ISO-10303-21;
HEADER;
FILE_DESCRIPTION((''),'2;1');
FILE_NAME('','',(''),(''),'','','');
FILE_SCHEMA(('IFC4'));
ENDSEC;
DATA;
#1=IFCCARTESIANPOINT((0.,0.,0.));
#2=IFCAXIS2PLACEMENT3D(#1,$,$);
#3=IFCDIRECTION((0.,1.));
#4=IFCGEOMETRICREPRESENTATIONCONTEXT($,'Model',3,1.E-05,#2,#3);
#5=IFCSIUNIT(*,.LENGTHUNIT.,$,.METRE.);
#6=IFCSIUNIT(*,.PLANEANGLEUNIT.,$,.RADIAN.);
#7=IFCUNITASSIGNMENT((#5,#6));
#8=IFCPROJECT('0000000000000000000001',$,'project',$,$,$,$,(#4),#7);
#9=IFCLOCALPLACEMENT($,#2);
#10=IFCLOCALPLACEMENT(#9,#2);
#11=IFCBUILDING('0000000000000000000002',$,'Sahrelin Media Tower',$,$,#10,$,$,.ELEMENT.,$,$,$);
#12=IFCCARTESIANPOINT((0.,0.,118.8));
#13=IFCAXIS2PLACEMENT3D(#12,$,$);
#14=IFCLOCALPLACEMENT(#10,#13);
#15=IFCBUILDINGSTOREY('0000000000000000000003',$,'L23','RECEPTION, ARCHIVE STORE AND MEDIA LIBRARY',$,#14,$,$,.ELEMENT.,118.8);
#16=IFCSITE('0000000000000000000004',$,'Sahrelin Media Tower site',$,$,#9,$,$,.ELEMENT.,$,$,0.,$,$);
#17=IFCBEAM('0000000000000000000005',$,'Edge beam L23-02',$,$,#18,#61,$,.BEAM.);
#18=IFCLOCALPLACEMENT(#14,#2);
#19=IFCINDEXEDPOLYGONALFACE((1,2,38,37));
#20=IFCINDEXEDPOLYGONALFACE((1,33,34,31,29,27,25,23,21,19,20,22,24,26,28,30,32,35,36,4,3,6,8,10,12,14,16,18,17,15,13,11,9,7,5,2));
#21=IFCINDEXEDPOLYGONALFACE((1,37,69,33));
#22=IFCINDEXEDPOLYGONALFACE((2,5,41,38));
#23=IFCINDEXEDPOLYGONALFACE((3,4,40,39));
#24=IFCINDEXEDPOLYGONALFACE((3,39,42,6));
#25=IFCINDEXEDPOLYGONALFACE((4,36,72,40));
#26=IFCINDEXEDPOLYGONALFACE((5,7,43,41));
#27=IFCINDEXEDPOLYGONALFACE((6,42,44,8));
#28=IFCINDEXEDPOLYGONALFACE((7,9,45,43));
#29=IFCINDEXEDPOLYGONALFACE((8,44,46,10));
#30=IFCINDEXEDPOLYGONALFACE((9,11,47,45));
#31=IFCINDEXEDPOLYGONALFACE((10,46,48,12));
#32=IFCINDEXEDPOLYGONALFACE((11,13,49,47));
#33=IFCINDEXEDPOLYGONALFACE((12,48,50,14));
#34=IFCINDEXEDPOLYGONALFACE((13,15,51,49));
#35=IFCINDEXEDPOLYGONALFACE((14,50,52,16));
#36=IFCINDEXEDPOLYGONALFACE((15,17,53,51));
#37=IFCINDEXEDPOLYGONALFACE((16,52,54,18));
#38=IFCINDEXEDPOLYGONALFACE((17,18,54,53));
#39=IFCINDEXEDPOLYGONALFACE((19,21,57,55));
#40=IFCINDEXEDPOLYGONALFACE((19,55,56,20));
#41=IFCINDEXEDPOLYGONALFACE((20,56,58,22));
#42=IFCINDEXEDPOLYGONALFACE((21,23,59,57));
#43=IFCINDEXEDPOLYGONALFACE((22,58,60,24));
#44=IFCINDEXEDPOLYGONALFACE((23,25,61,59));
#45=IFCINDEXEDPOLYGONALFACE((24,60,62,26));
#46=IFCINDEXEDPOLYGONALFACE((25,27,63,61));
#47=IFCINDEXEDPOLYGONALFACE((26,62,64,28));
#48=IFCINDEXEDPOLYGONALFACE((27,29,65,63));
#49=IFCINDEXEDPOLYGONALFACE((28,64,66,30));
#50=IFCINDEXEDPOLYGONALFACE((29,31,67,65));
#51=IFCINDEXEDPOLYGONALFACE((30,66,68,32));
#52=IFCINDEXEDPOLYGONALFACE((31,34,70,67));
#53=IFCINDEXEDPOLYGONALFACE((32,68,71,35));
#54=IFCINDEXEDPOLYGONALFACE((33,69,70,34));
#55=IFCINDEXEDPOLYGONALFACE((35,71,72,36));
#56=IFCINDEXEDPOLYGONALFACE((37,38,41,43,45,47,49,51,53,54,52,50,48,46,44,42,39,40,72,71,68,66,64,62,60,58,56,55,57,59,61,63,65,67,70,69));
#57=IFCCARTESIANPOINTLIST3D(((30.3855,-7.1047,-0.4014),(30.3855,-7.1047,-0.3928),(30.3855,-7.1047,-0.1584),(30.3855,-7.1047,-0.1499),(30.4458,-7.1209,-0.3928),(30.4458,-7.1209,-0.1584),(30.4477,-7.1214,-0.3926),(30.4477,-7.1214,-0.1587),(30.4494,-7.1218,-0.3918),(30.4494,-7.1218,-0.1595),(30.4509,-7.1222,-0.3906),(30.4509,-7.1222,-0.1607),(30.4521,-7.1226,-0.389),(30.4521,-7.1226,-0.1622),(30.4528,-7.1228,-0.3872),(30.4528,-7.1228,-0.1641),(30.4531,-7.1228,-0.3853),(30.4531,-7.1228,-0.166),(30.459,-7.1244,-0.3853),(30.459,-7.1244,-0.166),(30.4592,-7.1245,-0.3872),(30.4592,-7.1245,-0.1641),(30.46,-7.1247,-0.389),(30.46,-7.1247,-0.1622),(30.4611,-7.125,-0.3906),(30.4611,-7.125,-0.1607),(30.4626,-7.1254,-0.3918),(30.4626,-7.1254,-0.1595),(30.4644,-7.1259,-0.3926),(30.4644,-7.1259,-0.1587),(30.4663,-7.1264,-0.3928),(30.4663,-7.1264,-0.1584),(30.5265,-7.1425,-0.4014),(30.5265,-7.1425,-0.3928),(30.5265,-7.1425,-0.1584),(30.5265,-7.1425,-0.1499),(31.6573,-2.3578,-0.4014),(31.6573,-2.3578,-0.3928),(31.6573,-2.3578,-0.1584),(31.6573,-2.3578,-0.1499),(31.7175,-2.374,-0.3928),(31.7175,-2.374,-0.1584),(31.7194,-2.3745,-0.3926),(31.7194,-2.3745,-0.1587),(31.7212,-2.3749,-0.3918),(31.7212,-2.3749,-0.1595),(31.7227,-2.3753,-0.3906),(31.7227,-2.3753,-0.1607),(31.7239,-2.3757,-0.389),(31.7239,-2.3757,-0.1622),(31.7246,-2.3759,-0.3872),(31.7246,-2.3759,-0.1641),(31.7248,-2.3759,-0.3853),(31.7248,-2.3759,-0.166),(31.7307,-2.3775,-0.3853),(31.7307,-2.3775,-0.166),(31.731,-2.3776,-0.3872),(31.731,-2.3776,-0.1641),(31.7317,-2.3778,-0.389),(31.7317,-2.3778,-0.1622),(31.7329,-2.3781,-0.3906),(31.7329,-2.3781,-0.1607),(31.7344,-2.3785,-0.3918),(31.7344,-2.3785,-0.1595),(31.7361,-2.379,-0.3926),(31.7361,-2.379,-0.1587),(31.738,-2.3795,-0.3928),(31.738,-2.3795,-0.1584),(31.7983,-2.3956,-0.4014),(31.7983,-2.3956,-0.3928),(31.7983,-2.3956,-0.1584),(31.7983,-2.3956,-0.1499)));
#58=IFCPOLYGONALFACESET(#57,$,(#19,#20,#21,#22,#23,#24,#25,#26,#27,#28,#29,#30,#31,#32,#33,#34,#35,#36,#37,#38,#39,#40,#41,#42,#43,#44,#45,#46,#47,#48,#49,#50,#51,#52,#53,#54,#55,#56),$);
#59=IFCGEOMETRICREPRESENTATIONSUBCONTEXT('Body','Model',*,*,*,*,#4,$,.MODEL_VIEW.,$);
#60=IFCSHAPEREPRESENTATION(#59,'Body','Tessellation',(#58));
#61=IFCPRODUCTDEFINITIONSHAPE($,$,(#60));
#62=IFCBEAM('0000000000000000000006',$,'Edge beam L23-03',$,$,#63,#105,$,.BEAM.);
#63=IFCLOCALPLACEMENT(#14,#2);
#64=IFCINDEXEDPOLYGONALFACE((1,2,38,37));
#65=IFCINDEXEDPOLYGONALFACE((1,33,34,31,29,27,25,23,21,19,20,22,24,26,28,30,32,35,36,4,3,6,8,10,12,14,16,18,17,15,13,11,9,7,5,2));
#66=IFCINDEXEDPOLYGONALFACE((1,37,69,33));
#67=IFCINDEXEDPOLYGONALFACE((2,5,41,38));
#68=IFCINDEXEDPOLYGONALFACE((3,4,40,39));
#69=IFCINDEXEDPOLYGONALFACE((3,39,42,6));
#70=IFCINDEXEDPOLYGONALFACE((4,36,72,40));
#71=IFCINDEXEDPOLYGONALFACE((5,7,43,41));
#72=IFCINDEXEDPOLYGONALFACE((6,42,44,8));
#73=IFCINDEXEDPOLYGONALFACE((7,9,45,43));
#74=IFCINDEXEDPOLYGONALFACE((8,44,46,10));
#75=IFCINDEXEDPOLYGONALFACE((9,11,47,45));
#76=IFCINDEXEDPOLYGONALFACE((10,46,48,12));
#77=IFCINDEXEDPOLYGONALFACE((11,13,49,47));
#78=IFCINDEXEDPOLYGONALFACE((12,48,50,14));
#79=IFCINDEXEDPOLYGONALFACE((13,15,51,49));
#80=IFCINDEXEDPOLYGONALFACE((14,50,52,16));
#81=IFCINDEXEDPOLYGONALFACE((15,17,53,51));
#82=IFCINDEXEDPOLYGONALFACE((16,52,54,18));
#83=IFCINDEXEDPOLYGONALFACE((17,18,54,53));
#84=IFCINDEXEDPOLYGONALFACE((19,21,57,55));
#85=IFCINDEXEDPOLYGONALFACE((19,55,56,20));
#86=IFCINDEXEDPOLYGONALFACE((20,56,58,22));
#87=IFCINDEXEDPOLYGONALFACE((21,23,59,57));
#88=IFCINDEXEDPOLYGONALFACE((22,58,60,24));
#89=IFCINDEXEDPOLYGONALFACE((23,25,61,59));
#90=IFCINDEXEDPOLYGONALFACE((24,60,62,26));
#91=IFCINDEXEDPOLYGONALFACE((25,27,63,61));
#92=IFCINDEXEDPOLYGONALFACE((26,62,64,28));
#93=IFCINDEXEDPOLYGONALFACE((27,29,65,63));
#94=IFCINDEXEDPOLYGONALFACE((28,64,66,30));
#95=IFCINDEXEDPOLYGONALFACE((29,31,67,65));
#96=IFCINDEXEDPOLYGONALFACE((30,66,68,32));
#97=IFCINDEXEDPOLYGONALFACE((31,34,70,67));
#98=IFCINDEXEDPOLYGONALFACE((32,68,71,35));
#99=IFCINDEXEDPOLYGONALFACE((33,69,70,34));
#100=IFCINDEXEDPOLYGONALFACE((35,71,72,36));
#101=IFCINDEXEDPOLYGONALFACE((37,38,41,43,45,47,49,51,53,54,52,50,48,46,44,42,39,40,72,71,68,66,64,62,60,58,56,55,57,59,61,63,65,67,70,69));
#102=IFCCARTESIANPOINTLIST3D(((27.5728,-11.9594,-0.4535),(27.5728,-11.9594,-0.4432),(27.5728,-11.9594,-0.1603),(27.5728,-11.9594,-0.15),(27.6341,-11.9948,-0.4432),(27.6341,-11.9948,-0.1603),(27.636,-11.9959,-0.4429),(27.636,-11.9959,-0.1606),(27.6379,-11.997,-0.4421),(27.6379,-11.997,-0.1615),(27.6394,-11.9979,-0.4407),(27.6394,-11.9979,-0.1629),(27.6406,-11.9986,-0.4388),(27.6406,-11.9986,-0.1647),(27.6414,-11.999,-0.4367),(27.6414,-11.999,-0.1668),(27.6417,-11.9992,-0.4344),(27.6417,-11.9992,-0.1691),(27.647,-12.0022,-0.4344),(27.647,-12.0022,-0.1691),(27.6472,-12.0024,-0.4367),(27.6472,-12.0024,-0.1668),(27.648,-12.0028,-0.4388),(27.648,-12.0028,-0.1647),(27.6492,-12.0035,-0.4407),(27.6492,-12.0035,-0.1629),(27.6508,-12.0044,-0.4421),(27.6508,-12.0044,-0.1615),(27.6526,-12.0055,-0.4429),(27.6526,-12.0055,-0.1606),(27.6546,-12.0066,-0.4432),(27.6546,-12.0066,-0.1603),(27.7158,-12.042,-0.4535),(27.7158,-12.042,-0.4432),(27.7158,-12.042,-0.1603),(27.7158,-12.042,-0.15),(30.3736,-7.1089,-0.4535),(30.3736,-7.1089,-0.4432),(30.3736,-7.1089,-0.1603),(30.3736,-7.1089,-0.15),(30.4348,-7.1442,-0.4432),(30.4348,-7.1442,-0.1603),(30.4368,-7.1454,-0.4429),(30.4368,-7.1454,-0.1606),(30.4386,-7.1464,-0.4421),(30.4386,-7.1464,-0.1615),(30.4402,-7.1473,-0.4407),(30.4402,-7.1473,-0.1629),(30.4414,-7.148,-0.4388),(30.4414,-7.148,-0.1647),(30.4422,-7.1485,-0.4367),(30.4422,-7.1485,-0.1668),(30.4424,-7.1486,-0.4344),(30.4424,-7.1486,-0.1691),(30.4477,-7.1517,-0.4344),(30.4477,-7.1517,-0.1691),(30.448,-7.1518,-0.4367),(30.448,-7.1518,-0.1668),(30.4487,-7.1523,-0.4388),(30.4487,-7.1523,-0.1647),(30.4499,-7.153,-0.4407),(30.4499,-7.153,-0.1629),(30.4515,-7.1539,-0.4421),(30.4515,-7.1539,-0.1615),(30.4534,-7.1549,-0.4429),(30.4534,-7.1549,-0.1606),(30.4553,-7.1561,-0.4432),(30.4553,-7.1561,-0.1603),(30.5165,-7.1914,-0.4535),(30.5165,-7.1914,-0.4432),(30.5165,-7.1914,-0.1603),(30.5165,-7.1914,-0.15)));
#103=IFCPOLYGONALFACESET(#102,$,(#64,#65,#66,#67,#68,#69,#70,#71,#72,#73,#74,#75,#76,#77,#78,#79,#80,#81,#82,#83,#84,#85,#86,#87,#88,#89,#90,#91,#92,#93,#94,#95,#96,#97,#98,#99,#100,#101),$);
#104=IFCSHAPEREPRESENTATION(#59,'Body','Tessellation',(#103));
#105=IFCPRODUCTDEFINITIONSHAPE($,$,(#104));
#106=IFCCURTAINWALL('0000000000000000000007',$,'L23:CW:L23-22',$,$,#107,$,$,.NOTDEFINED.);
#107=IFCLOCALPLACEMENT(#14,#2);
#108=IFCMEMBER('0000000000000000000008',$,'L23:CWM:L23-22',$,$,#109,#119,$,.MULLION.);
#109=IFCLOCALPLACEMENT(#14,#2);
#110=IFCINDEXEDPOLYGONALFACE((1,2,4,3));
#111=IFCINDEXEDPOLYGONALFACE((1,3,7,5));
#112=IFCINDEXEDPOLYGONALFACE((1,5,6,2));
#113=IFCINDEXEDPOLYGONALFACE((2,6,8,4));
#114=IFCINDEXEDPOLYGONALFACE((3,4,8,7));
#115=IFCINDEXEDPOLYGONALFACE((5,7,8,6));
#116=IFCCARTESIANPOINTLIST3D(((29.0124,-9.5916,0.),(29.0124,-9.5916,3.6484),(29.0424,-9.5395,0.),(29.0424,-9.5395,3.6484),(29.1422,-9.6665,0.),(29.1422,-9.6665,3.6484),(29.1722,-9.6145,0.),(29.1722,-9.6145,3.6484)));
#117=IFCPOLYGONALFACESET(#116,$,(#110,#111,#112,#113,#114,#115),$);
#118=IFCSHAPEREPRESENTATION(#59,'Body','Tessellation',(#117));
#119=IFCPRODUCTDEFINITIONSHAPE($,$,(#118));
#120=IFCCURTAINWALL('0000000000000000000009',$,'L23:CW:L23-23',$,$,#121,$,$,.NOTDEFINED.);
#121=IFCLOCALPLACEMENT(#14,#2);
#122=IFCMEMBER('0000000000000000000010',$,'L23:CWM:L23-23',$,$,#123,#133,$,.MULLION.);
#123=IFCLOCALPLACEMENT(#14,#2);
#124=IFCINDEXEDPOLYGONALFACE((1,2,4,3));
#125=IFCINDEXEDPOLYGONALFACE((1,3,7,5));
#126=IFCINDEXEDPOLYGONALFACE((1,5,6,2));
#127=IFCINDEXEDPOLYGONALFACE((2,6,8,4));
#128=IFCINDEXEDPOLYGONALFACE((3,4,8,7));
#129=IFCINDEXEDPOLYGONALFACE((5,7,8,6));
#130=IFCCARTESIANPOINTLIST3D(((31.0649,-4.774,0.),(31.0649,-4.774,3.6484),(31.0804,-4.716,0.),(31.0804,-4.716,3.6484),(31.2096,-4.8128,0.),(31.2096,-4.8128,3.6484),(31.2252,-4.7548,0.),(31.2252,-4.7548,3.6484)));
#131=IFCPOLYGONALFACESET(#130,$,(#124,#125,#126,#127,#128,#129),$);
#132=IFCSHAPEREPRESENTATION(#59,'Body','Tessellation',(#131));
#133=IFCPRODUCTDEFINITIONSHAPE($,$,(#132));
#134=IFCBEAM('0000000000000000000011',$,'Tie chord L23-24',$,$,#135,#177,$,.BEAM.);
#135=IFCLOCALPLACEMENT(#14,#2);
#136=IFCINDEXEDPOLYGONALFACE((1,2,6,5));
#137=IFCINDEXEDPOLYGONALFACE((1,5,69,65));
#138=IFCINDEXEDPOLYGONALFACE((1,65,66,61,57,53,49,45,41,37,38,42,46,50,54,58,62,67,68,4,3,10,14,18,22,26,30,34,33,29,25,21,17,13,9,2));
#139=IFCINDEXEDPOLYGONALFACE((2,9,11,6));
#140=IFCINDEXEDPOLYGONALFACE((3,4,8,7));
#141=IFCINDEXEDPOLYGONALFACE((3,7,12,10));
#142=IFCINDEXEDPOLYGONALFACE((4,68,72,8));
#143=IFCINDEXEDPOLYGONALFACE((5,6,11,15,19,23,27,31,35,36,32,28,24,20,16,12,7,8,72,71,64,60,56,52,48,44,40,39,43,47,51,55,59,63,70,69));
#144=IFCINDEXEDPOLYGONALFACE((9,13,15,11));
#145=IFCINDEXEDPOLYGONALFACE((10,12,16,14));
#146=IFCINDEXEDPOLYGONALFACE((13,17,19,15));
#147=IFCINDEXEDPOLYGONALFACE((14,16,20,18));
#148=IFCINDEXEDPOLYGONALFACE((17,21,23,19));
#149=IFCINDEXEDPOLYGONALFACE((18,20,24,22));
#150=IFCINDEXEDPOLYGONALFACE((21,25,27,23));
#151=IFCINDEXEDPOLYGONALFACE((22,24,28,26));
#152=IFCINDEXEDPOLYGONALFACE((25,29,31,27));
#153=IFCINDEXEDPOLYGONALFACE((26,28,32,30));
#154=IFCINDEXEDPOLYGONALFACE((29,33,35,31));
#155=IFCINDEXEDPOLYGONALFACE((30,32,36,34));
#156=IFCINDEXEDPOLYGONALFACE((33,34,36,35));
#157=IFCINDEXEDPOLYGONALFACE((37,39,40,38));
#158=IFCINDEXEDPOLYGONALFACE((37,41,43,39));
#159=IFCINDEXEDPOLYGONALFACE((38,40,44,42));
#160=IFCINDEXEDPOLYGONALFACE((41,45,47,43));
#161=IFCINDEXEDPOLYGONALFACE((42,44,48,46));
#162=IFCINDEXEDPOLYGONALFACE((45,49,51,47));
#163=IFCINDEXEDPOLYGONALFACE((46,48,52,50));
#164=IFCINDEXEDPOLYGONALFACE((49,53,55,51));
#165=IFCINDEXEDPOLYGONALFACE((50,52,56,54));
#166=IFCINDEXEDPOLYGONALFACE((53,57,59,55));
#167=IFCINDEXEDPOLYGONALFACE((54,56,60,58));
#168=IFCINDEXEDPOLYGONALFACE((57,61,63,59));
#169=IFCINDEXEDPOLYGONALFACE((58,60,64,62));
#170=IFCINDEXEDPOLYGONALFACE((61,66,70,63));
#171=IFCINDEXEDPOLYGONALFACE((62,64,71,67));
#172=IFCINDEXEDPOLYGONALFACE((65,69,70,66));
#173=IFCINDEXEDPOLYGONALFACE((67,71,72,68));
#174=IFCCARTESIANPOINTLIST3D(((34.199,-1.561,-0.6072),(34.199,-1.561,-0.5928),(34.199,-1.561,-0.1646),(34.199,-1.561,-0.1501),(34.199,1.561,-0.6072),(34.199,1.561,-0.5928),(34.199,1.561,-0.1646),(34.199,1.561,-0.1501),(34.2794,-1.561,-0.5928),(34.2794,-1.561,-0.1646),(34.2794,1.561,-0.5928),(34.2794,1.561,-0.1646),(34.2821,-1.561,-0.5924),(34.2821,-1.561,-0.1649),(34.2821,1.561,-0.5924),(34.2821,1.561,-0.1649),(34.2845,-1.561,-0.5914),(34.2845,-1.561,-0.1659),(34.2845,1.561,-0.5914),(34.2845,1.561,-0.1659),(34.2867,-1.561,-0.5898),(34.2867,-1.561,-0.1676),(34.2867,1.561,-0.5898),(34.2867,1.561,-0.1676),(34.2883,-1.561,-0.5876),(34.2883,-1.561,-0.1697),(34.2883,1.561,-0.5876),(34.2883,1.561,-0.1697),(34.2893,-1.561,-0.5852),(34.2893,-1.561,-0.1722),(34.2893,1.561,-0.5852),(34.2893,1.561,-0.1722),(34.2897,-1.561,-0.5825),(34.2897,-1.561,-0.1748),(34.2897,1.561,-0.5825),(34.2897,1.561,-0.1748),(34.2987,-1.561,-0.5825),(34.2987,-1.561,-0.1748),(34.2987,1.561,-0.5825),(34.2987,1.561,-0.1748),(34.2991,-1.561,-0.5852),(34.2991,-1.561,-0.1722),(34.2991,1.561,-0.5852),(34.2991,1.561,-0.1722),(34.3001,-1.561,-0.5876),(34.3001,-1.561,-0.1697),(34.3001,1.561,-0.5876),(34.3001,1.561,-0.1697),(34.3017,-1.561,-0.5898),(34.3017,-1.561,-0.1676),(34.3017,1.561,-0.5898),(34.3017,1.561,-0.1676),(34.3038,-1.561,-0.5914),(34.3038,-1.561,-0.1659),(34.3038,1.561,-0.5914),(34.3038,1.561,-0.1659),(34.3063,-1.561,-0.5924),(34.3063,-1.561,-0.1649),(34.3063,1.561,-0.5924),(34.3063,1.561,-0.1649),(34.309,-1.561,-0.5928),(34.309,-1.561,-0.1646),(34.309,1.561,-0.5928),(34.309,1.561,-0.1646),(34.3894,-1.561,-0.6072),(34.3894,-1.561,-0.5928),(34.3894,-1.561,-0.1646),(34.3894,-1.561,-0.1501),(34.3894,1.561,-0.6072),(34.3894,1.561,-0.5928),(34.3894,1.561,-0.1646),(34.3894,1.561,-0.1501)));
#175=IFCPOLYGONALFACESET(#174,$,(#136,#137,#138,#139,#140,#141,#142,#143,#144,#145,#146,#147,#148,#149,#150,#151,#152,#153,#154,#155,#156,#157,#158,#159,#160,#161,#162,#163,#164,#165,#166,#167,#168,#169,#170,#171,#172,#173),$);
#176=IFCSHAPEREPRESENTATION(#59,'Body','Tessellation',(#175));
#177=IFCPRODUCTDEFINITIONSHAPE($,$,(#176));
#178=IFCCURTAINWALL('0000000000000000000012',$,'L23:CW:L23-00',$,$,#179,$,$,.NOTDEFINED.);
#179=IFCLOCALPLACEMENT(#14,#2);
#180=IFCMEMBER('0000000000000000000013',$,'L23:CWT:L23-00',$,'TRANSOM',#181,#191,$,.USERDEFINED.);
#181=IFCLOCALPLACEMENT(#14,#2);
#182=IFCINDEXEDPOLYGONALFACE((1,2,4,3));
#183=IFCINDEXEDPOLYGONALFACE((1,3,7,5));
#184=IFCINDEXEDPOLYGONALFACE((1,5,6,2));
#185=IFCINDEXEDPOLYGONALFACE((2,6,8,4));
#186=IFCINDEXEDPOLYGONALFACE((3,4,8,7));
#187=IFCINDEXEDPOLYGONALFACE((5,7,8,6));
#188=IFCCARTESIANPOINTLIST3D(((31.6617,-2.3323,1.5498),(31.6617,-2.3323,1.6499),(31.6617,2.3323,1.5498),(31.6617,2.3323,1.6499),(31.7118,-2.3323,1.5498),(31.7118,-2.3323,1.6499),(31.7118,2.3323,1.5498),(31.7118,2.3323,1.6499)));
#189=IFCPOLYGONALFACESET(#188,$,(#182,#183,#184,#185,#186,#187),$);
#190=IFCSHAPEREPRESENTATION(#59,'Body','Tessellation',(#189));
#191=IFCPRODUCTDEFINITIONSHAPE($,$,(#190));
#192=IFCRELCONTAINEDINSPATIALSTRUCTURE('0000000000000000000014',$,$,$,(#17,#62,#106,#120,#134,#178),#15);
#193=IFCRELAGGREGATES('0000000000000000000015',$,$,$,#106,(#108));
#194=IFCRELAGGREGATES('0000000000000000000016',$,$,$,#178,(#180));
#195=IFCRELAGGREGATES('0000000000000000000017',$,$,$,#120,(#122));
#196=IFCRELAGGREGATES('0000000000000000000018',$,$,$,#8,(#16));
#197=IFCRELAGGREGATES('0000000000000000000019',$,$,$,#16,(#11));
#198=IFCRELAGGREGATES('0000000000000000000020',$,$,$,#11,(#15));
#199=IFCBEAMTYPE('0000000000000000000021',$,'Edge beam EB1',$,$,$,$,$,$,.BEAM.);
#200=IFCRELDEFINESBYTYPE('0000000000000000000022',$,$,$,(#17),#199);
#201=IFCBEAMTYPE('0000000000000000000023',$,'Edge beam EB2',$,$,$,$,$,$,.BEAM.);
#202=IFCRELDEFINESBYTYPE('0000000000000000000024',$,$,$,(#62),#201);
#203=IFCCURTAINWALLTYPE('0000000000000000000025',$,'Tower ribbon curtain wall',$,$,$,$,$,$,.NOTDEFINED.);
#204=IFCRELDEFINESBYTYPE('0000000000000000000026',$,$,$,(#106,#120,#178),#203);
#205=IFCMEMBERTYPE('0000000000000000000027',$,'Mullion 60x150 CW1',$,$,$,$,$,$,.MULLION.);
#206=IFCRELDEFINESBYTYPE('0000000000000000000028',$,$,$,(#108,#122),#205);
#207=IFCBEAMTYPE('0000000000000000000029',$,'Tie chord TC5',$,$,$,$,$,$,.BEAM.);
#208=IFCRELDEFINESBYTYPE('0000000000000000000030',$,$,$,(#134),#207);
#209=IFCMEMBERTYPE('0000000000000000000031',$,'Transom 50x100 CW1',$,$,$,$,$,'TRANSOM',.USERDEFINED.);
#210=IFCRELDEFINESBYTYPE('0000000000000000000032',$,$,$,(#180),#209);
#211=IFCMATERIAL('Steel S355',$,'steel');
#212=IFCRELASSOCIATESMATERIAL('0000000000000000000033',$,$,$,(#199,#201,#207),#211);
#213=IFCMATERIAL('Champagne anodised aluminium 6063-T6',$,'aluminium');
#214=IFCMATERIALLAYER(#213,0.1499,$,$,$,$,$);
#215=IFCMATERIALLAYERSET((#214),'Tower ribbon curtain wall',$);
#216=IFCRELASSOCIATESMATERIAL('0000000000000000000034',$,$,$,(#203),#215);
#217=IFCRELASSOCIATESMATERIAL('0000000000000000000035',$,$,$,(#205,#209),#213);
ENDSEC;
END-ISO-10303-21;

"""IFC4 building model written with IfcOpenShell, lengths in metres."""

from ifc_helpers import new_model, si_unit, direction, frame, origin, origin_2d, place, context, subcontext, project, spatial, rectangle, i_section, extrude, material, layer, layer_set, material_profile, profile_set, type_object, element, aggregate, save


model = new_model("IFC4")

# Units and contexts
model_context = context("Model", 3, precision=1e-05, world=origin(), true_north=direction((0.0, 1.0)))
body_context = subcontext(model_context, "Body", "Model", "MODEL_VIEW")
ifc_project = project(units=[si_unit("LENGTHUNIT", "METRE"), si_unit("PLANEANGLEUNIT", "RADIAN")], contexts=[model_context])

# Site, building, storey
site_placement = place(None, origin())
site = spatial("IfcSite", under=ifc_project, at=site_placement, Name="Sahrelin Media Tower site", CompositionType="ELEMENT", RefElevation=0.0)
building_placement = place(site_placement, origin())
building = spatial("IfcBuilding", under=site, at=building_placement, Name="Sahrelin Media Tower", CompositionType="ELEMENT")
storey_placement = place(building_placement, frame((0.0, 0.0, 118.8)))
storey = spatial("IfcBuildingStorey", under=building, at=storey_placement, Name="L23", Description="RECEPTION, ARCHIVE STORE AND MEDIA LIBRARY", CompositionType="ELEMENT", Elevation=118.8)

# Beams
ifc_material_1 = material(Name="Steel S355", Category="steel")
ifc_material_profile_1 = material_profile(ifc_material_1, i_section(OverallWidth=0.146, OverallDepth=0.2515, WebThickness=0.0061, FlangeThickness=0.0085, FilletRadius=0.0076, at=origin_2d()), Name="UB 254x146x31")
ifc_profile_set_1 = profile_set([ifc_material_profile_1], Name="Steel S355")
beam_type_1 = type_object("IfcBeamType", Name="Edge beam EB1", PredefinedType="BEAM", material=ifc_profile_set_1)
beam_1_placement = place(storey_placement, frame((31.7278, -2.3767, -0.2756), z_axis=(-0.258785, -0.965935, 0.0), x_axis=(0.965935, -0.258785, 0.0)))
element("IfcBeam", 1, at=beam_1_placement, inside=storey, type_object=beam_type_1, Name="Edge beam L23-02", PredefinedType="BEAM", context=body_context, shape_type="SweptSolid", body=[
    extrude(i_section(OverallWidth=0.146, OverallDepth=0.2515, WebThickness=0.0061, FlangeThickness=0.0085, FilletRadius=0.0076, at=origin_2d()), origin(), (0.0, 0.0, 1.0), 4.9143),
])
ifc_material_profile_2 = material_profile(ifc_material_1, i_section(OverallWidth=0.165, OverallDepth=0.3035, WebThickness=0.0061, FlangeThickness=0.0103, FilletRadius=0.0088, at=origin_2d()), Name="UB 305x165x40")
ifc_profile_set_2 = profile_set([ifc_material_profile_2], Name="Steel S355")
beam_type_2 = type_object("IfcBeamType", Name="Edge beam EB2", PredefinedType="BEAM", material=ifc_profile_set_2)
beam_2_placement = place(storey_placement, frame((30.4451, -7.1501, -0.3018), z_axis=(-0.500039, -0.866003, 0.0), x_axis=(0.866003, -0.500039, 0.0)))
element("IfcBeam", 2, at=beam_2_placement, inside=storey, type_object=beam_type_2, Name="Edge beam L23-03", PredefinedType="BEAM", context=body_context, shape_type="SweptSolid", body=[
    extrude(i_section(OverallWidth=0.165, OverallDepth=0.3035, WebThickness=0.0061, FlangeThickness=0.0103, FilletRadius=0.0088, at=origin_2d()), origin(), (0.0, 0.0, 1.0), 5.6011),
])

# Curtain walls, members
ifc_material_2 = material(Name="Champagne anodised aluminium 6063-T6", Category="aluminium")
ifc_layer_1 = layer(ifc_material_2, 0.1499)
ifc_layer_set_1 = layer_set([ifc_layer_1], Name="Tower ribbon curtain wall")
curtain_wall_type = type_object("IfcCurtainWallType", Name="Tower ribbon curtain wall", PredefinedType="NOTDEFINED", material=ifc_layer_set_1)
curtain_wall_1_placement = place(storey_placement, frame((29.1746, -9.6504, 0.0), z_axis=(0.0, 0.0, 1.0), x_axis=(1.0, 0.0, 0.0)))
curtain_wall_1 = element("IfcCurtainWall", 3, at=curtain_wall_1_placement, inside=storey, type_object=curtain_wall_type, Name="L23:CW:L23-22", PredefinedType="NOTDEFINED")
ifc_material_profile_3 = material_profile(ifc_material_2, rectangle(XDim=0.0601, YDim=0.1499, at=origin_2d()), Name="Mullion 60x150")
ifc_profile_set_3 = profile_set([ifc_material_profile_3], Name="Champagne anodised aluminium 6063-T6")
member_type_1 = type_object("IfcMemberType", Name="Mullion 60x150 CW1", PredefinedType="MULLION", material=ifc_profile_set_3)
member_1_placement = place(storey_placement, frame((29.0923, -9.603, 0.0), z_axis=(0.0, 0.0, 1.0), x_axis=(0.500002, 0.866025, 0.0)))
member_1 = element("IfcMember", 4, at=member_1_placement, type_object=member_type_1, Name="L23:CWM:L23-22", PredefinedType="MULLION", context=body_context, shape_type="SweptSolid", body=[
    extrude(rectangle(XDim=0.0601, YDim=0.1499, at=origin_2d()), origin(), (0.0, 0.0, 1.0), 3.6484),
])
aggregate(curtain_wall_1, [member_1])
curtain_wall_2_placement = place(storey_placement, frame((31.2368, -4.7888, 0.0), z_axis=(0.0, 0.0, 1.0), x_axis=(1.0, 0.0, 0.0)))
curtain_wall_2 = element("IfcCurtainWall", 5, at=curtain_wall_2_placement, inside=storey, type_object=curtain_wall_type, Name="L23:CW:L23-23", PredefinedType="NOTDEFINED")
member_2_placement = place(storey_placement, frame((31.145, -4.7644, 0.0), z_axis=(0.0, 0.0, 1.0), x_axis=(0.258821, 0.965925, 0.0)))
member_2 = element("IfcMember", 6, at=member_2_placement, type_object=member_type_1, Name="L23:CWM:L23-23", PredefinedType="MULLION", context=body_context, shape_type="SweptSolid", body=[
    extrude(rectangle(XDim=0.0601, YDim=0.1499, at=origin_2d()), origin(), (0.0, 0.0, 1.0), 3.6484),
])

# Beam
ifc_material_profile_4 = material_profile(ifc_material_1, i_section(OverallWidth=0.1904, OverallDepth=0.457, WebThickness=0.009, FlangeThickness=0.0144, FilletRadius=0.0103, at=origin_2d()), Name="UB 457x191x74")
ifc_profile_set_4 = profile_set([ifc_material_profile_4], Name="Steel S355")
beam_type_3 = type_object("IfcBeamType", Name="Tie chord TC5", PredefinedType="BEAM", material=ifc_profile_set_4)
beam_3_placement = place(storey_placement, frame((34.2942, -1.561, -0.3787), z_axis=(0.0, 1.0, 0.0), x_axis=(-1.0, 0.0, 0.0)))
element("IfcBeam", 7, at=beam_3_placement, inside=storey, type_object=beam_type_3, Name="Tie chord L23-24", PredefinedType="BEAM", context=body_context, shape_type="SweptSolid", body=[
    extrude(i_section(OverallWidth=0.1904, OverallDepth=0.457, WebThickness=0.009, FlangeThickness=0.0144, FilletRadius=0.0103, at=origin_2d()), origin(), (0.0, 0.0, 1.0), 3.1221),
])

# Curtain wall, member
curtain_wall_3_placement = place(storey_placement, frame((31.8816, 0.0, 0.0), z_axis=(0.0, 0.0, 1.0), x_axis=(1.0, 0.0, 0.0)))
curtain_wall_3 = element("IfcCurtainWall", 8, at=curtain_wall_3_placement, inside=storey, type_object=curtain_wall_type, Name="L23:CW:L23-00", PredefinedType="NOTDEFINED")
ifc_material_profile_5 = material_profile(ifc_material_2, rectangle(XDim=0.05, YDim=0.1001, at=origin_2d()), Name="Transom 50x100")
ifc_profile_set_5 = profile_set([ifc_material_profile_5], Name="Champagne anodised aluminium 6063-T6")
member_type_2 = type_object("IfcMemberType", Name="Transom 50x100 CW1", ElementType="TRANSOM", PredefinedType="USERDEFINED", material=ifc_profile_set_5)
member_3_placement = place(storey_placement, frame((31.6868, -2.3323, 1.5999), z_axis=(0.0, 1.0, 0.0), x_axis=(-1.0, 0.0, 0.0)))
member_3 = element("IfcMember", 9, at=member_3_placement, type_object=member_type_2, Name="L23:CWT:L23-00", ObjectType="TRANSOM", PredefinedType="USERDEFINED", context=body_context, shape_type="SweptSolid", body=[
    extrude(rectangle(XDim=0.05, YDim=0.1001, at=origin_2d()), origin(), (0.0, 0.0, 1.0), 4.6646),
])

aggregate(curtain_wall_3, [member_3])
aggregate(curtain_wall_2, [member_2])

save(model, "model.ifc")
